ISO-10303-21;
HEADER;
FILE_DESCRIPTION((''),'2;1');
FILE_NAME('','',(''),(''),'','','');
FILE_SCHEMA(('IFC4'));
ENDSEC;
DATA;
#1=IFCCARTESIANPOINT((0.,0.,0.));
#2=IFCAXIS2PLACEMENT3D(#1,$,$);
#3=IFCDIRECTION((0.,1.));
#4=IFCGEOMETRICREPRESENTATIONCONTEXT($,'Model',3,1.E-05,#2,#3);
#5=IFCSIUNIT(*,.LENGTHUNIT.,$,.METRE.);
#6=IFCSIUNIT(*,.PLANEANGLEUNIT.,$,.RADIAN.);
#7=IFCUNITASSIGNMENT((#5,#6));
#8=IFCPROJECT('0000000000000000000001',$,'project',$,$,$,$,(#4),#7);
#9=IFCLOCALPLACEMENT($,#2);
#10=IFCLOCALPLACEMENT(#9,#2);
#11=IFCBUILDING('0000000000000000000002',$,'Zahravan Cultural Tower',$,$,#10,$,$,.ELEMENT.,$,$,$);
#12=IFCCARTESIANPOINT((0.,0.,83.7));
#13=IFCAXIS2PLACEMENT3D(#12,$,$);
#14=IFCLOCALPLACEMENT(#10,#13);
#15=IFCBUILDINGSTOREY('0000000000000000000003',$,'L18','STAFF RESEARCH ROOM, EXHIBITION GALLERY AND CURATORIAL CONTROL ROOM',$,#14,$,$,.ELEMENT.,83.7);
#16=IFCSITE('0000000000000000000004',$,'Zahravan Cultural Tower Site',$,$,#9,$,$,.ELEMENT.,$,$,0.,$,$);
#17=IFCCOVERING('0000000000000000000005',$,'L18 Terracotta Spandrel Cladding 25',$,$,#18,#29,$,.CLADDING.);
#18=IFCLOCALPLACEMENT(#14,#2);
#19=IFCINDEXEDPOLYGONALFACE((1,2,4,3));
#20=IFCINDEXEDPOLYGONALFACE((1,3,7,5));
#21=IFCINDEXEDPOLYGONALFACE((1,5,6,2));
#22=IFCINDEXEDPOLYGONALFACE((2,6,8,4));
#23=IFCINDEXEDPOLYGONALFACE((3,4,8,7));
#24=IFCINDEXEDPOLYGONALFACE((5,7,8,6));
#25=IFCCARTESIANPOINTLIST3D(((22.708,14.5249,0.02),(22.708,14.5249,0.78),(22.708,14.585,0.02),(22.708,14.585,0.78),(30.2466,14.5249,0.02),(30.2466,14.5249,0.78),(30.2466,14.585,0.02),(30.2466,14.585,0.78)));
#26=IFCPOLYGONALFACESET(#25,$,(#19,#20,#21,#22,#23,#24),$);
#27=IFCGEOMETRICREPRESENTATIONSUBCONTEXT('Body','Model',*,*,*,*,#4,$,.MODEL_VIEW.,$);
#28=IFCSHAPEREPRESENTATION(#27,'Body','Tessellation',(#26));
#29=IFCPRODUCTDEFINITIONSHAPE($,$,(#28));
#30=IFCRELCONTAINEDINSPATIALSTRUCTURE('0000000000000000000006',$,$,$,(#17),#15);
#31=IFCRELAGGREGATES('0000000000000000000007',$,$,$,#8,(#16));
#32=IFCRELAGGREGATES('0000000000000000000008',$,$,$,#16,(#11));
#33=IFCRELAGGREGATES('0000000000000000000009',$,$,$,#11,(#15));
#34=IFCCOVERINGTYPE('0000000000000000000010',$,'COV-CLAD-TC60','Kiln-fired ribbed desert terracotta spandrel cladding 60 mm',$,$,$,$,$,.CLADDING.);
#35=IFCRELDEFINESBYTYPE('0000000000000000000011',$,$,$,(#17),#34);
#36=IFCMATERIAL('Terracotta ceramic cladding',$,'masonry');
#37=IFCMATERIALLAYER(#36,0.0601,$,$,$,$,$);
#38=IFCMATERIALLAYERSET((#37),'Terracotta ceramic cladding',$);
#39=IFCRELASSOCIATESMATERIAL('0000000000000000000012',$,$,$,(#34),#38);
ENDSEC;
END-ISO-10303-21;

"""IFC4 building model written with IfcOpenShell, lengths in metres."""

from ifc_helpers import new_model, si_unit, direction, frame, origin, origin_2d, place, context, subcontext, project, spatial, rectangle, extrude, source, transform, mapped, material, layer, layer_set, type_object, element, save


model = new_model("IFC4")

# Units and contexts
model_context = context("Model", 3, precision=1e-05, world=origin(), true_north=direction((0.0, 1.0)))
body_context = subcontext(model_context, "Body", "Model", "MODEL_VIEW")
ifc_project = project(units=[si_unit("LENGTHUNIT", "METRE"), si_unit("PLANEANGLEUNIT", "RADIAN")], contexts=[model_context])

# Site, building, storey
site_placement = place(None, origin())
site = spatial("IfcSite", under=ifc_project, at=site_placement, Name="Zahravan Cultural Tower Site", CompositionType="ELEMENT", RefElevation=0.0)
building_placement = place(site_placement, origin())
building = spatial("IfcBuilding", under=site, at=building_placement, Name="Zahravan Cultural Tower", CompositionType="ELEMENT")
storey_placement = place(building_placement, frame((0.0, 0.0, 83.7)))
storey = spatial("IfcBuildingStorey", under=building, at=storey_placement, Name="L18", Description="STAFF RESEARCH ROOM, EXHIBITION GALLERY AND CURATORIAL CONTROL ROOM", CompositionType="ELEMENT", Elevation=83.7)

# Covering
ifc_material_1 = material(Name="Terracotta ceramic cladding", Category="masonry")
ifc_layer_1 = layer(ifc_material_1, 0.0601)
ifc_layer_set_1 = layer_set([ifc_layer_1], Name="Terracotta ceramic cladding")
covering_type = type_object("IfcCoveringType", Name="COV-CLAD-TC60", Description="Kiln-fired ribbed desert terracotta spandrel cladding 60 mm", PredefinedType="CLADDING", material=ifc_layer_set_1)
shared_shape_1 = source(origin(), body_context, "Body", "SweptSolid", [
    extrude(rectangle(XDim=7.5386, YDim=0.0601, at=origin_2d()), origin(), (0.0, 0.0, 1.0), 0.76),
])
covering_placement = place(storey_placement, frame((26.4773, 14.5549, 0.02), z_axis=(0.0, 0.0, 1.0), x_axis=(-1.0, 0.0, 0.0)))
element("IfcCovering", 1, at=covering_placement, inside=storey, type_object=covering_type, Name="L18 Terracotta Spandrel Cladding 25", PredefinedType="CLADDING", context=body_context, shape_type="MappedRepresentation", body=[
    mapped(shared_shape_1, transform((0.0, 0.0, 0.0), x_axis=(1.0, 0.0, 0.0), y_axis=(0.0, 1.0, 0.0), z_axis=(0.0, 0.0, 1.0), scale=1.0)),
])

save(model, "model.ifc")
